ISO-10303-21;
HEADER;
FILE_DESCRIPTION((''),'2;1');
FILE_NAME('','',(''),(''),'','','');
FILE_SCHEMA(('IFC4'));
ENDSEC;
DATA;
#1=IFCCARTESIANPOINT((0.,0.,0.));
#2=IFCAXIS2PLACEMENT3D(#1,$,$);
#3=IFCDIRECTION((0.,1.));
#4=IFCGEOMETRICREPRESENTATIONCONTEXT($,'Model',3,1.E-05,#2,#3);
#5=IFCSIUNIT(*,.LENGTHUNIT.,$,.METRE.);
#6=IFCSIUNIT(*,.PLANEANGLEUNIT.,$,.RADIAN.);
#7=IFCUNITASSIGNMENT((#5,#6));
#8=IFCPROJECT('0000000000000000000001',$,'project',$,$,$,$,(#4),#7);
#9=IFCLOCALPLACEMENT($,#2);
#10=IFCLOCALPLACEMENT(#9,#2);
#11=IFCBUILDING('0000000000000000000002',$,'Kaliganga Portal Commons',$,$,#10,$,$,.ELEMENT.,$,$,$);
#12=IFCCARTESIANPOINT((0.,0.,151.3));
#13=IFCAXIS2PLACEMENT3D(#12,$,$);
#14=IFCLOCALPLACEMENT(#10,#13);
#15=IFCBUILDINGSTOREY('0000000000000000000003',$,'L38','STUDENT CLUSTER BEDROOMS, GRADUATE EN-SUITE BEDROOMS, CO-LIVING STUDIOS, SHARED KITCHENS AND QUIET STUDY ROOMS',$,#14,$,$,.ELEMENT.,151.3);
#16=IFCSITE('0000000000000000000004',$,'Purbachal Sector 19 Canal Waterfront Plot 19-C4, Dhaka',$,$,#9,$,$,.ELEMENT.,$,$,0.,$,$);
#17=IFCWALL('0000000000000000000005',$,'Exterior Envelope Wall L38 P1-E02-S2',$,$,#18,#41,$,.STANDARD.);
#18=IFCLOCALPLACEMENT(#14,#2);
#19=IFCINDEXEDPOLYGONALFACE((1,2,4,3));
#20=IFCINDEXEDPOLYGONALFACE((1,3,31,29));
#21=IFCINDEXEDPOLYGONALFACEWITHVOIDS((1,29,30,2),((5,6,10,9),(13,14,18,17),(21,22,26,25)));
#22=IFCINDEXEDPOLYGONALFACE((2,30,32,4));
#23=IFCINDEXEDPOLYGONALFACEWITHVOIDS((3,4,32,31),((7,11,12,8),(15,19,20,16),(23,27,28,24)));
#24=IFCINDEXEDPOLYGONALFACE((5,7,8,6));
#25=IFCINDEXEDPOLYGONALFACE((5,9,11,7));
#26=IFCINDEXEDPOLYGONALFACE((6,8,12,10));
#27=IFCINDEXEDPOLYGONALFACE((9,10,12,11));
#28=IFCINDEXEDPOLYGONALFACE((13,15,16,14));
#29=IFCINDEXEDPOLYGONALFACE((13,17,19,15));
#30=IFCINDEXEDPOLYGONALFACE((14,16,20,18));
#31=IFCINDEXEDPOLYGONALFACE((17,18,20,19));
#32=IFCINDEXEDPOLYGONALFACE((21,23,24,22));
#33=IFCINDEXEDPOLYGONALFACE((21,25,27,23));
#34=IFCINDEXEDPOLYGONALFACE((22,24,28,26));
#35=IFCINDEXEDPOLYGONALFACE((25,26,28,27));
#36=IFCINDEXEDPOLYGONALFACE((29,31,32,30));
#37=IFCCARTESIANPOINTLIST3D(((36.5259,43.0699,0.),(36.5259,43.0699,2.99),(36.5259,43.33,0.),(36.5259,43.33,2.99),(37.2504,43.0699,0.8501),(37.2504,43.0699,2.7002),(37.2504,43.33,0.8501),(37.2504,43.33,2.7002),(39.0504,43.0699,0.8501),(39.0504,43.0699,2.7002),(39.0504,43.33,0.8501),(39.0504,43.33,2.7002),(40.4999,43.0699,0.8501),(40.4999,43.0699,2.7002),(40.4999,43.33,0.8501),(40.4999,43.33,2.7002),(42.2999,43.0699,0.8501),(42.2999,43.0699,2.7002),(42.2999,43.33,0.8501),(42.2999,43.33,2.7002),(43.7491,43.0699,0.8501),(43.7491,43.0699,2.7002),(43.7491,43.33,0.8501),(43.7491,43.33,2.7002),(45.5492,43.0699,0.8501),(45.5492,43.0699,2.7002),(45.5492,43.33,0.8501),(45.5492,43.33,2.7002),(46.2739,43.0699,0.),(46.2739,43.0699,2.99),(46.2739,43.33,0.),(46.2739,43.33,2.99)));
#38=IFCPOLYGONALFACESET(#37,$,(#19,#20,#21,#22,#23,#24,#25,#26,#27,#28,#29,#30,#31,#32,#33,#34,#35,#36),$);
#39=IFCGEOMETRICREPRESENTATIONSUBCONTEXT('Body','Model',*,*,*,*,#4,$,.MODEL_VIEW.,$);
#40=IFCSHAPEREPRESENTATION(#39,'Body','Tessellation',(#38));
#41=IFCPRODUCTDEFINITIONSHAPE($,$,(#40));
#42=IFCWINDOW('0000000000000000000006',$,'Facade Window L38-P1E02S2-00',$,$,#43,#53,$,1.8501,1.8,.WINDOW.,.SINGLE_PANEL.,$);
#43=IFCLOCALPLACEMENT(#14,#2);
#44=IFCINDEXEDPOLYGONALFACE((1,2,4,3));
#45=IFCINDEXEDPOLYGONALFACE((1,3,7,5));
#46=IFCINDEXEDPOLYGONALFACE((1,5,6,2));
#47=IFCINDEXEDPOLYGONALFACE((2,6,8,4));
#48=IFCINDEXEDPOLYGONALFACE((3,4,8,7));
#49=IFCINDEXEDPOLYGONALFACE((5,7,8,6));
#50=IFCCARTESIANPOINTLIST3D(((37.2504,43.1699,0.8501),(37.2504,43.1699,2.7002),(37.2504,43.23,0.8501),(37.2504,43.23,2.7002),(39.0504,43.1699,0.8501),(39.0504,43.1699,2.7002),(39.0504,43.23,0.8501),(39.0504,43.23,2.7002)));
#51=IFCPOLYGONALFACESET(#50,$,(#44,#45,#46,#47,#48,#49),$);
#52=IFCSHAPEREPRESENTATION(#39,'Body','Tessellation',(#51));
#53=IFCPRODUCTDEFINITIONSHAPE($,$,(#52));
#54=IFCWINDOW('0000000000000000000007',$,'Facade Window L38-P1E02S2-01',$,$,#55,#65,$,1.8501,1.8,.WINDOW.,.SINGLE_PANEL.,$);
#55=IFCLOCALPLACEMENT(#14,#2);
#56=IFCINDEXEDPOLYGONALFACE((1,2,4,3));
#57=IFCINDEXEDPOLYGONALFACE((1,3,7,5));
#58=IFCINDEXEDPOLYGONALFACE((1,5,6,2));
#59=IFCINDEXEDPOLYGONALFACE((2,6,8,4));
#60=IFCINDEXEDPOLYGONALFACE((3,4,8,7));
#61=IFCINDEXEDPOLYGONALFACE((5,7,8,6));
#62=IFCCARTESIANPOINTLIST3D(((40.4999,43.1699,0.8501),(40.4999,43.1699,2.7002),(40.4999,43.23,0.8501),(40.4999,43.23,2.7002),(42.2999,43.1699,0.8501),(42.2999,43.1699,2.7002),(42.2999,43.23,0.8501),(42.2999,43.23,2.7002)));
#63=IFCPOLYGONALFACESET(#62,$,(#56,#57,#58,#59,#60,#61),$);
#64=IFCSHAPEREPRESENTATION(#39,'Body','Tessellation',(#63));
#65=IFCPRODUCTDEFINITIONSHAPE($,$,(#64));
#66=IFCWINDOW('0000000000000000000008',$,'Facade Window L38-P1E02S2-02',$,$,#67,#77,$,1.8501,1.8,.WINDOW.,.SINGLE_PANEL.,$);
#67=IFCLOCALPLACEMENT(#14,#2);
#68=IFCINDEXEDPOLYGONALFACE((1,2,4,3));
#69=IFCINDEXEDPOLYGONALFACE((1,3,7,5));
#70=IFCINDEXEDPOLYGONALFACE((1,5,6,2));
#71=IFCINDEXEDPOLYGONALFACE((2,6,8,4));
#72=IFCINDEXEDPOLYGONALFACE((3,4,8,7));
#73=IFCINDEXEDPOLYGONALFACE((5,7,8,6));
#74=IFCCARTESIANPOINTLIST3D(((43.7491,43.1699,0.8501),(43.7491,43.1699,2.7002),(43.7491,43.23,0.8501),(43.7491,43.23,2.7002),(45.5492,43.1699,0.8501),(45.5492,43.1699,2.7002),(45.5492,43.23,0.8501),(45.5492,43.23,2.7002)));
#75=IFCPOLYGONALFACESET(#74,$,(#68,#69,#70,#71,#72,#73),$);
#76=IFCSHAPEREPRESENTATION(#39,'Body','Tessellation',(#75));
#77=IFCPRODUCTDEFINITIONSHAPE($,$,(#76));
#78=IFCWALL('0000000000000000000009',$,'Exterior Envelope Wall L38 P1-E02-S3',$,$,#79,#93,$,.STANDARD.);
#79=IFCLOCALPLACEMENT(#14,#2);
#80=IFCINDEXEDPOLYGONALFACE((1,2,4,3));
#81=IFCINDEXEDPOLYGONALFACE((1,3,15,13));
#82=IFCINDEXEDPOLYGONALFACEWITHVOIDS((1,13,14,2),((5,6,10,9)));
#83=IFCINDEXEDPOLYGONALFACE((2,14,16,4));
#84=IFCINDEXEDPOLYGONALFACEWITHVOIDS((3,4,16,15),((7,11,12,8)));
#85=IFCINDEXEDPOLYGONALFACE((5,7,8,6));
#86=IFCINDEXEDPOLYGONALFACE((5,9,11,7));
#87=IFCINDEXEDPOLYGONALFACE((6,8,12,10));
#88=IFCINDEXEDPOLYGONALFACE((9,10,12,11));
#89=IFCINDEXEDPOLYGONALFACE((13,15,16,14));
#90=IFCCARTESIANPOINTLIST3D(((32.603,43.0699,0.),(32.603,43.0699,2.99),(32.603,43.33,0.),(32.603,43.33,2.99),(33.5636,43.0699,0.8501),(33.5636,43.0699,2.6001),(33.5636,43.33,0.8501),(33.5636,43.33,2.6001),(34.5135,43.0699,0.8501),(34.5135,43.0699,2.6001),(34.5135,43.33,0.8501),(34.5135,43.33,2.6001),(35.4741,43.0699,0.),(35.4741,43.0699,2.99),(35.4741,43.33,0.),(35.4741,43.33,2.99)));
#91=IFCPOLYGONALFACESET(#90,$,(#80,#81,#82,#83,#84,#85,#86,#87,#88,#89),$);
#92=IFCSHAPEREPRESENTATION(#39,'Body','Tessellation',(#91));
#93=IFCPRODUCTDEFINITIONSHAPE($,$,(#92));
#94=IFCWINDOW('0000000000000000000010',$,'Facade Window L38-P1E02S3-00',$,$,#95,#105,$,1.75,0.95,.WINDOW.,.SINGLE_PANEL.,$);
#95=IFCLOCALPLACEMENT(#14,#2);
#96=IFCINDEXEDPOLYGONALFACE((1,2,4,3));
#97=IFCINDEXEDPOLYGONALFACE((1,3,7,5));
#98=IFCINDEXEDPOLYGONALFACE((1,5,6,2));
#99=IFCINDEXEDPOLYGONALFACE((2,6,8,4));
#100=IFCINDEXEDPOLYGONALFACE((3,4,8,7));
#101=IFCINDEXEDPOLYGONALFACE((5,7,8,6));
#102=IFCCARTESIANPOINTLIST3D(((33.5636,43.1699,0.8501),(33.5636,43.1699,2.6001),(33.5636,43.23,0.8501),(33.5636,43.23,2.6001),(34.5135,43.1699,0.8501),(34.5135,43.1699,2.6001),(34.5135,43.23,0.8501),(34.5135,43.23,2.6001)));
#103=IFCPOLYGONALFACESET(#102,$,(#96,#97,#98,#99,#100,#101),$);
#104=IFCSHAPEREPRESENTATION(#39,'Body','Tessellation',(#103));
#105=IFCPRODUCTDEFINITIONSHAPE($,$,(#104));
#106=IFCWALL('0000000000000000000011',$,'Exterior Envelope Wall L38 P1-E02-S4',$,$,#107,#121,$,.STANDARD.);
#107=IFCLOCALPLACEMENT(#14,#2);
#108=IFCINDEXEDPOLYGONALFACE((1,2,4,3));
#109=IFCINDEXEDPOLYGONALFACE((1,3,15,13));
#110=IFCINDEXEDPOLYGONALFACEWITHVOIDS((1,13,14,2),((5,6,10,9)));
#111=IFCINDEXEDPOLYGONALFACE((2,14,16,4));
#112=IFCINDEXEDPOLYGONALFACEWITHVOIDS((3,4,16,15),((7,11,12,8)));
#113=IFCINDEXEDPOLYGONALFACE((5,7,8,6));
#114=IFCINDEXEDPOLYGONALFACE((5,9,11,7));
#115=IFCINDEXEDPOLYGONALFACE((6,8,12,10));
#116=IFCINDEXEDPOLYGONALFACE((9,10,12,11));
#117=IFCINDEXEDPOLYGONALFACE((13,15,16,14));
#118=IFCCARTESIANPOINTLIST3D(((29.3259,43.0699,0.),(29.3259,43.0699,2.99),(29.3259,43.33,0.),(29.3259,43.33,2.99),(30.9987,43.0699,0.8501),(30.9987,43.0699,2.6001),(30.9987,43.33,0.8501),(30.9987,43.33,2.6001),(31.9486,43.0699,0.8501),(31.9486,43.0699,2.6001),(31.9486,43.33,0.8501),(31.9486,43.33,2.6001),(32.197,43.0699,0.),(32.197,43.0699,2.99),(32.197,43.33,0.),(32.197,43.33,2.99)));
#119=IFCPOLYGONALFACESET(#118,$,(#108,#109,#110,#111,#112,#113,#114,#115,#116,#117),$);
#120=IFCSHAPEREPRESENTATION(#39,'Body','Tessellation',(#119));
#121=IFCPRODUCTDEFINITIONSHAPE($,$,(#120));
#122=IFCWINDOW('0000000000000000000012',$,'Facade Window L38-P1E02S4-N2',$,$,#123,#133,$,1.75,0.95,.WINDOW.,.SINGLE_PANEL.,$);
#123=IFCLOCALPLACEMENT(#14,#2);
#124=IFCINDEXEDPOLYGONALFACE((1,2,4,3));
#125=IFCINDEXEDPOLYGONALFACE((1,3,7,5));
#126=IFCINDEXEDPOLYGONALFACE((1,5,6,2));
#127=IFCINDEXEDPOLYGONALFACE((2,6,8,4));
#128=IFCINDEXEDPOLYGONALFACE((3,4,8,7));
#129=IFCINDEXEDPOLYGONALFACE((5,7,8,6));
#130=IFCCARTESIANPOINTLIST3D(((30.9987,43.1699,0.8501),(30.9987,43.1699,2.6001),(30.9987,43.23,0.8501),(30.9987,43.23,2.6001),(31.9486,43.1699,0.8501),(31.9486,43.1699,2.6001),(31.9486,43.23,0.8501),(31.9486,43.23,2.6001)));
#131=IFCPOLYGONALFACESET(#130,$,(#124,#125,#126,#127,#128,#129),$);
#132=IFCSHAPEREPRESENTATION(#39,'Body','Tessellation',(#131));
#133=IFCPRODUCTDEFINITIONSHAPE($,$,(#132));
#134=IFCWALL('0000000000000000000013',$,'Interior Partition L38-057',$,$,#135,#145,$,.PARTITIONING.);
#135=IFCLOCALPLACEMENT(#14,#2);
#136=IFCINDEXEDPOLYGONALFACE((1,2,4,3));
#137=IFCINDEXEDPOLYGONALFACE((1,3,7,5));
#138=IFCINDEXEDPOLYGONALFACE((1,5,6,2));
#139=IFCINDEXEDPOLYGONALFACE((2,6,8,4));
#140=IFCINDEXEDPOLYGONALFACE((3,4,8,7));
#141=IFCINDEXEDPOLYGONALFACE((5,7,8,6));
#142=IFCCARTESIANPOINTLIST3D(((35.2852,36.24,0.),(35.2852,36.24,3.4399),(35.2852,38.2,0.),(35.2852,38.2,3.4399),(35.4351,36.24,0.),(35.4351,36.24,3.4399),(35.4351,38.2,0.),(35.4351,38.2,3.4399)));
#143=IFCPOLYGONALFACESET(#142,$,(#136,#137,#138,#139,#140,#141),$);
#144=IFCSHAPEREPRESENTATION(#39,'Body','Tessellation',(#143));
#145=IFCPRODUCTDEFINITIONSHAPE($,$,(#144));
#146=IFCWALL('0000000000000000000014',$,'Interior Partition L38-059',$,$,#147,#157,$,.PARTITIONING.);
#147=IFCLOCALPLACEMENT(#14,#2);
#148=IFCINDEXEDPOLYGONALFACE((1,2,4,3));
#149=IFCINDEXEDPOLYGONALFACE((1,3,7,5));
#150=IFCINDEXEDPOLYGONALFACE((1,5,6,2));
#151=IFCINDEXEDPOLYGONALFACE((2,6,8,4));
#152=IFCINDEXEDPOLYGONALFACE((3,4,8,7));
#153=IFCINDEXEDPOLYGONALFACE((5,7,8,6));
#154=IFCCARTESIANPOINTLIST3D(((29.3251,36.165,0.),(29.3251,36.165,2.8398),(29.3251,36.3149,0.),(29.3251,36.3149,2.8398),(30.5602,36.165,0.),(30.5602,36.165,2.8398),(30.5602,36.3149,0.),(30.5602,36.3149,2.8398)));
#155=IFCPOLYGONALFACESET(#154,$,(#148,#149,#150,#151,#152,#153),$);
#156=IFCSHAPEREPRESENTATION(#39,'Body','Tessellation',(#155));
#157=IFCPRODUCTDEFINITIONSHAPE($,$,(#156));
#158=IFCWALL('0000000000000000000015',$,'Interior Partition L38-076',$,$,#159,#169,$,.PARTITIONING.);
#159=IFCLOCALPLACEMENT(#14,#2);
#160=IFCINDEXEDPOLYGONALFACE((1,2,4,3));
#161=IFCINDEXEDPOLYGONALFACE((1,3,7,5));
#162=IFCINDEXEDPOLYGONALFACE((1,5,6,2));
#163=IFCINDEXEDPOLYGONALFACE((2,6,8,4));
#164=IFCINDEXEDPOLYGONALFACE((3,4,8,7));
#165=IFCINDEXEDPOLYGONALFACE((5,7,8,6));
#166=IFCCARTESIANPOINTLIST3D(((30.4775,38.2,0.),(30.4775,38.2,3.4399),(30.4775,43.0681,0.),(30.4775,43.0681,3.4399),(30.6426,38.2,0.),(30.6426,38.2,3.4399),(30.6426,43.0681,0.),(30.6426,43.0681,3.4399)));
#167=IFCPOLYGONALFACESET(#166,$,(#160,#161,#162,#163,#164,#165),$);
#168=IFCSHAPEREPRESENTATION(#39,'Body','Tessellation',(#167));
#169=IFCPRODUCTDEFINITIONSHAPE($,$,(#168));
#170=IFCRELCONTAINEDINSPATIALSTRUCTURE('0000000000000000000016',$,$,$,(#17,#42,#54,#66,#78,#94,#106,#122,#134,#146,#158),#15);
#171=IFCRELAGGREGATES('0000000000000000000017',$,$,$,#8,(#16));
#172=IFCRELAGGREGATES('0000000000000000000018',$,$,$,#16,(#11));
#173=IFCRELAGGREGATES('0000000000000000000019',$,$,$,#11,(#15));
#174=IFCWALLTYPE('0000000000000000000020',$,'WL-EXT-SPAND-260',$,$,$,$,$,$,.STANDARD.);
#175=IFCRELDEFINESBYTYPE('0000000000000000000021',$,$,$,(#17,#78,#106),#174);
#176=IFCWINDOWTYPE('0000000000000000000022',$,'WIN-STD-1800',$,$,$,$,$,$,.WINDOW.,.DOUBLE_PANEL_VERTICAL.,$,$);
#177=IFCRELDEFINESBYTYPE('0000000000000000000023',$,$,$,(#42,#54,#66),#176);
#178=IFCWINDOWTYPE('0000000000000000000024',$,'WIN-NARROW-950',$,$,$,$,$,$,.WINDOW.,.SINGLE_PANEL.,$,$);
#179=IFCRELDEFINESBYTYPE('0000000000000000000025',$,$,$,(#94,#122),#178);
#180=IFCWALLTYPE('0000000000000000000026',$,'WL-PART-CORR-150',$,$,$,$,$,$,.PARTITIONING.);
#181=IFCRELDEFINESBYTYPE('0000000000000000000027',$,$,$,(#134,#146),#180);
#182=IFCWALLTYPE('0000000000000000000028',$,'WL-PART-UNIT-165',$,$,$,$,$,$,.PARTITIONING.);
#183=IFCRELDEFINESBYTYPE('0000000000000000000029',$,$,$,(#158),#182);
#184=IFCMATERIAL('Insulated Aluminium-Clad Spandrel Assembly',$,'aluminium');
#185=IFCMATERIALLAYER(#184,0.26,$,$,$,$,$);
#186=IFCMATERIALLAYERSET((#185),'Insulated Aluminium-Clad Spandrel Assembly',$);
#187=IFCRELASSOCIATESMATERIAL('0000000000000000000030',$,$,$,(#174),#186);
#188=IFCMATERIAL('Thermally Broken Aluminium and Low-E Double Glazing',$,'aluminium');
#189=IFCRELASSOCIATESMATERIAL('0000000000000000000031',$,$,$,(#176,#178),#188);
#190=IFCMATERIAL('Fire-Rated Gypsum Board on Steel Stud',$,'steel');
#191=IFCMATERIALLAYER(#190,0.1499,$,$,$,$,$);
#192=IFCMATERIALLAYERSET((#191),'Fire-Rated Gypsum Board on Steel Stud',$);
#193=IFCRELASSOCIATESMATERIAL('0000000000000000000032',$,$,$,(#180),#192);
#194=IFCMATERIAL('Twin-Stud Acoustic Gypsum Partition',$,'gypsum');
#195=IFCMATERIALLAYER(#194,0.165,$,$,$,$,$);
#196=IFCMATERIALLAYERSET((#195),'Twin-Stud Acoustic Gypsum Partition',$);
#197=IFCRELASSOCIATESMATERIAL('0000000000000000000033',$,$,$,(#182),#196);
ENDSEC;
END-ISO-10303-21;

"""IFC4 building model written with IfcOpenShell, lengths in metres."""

from ifc_helpers import new_model, si_unit, direction, frame, frame_2d, origin, place, context, subcontext, project, spatial, rectangle, extrude, material, layer, layer_set, type_object, element, fill, save


model = new_model("IFC4")

# Units and contexts
model_context = context("Model", 3, precision=1e-05, world=origin(), true_north=direction((0.0, 1.0)))
body_context = subcontext(model_context, "Body", "Model", "MODEL_VIEW")
ifc_project = project(units=[si_unit("LENGTHUNIT", "METRE"), si_unit("PLANEANGLEUNIT", "RADIAN")], contexts=[model_context])

# Site, building, storey
site_placement = place(None, origin())
site = spatial("IfcSite", under=ifc_project, at=site_placement, Name="Purbachal Sector 19 Canal Waterfront Plot 19-C4, Dhaka", CompositionType="ELEMENT", RefElevation=0.0)
building_placement = place(site_placement, origin())
building = spatial("IfcBuilding", under=site, at=building_placement, Name="Kaliganga Portal Commons", CompositionType="ELEMENT")
storey_placement = place(building_placement, frame((0.0, 0.0, 151.3)))
storey = spatial("IfcBuildingStorey", under=building, at=storey_placement, Name="L38", Description="STUDENT CLUSTER BEDROOMS, GRADUATE EN-SUITE BEDROOMS, CO-LIVING STUDIOS, SHARED KITCHENS AND QUIET STUDY ROOMS", CompositionType="ELEMENT", Elevation=151.3)

# Wall, openings, windows
ifc_material_1 = material(Name="Insulated Aluminium-Clad Spandrel Assembly", Category="aluminium")
ifc_layer_1 = layer(ifc_material_1, 0.26)
ifc_layer_set_1 = layer_set([ifc_layer_1], Name="Insulated Aluminium-Clad Spandrel Assembly")
wall_type_1 = type_object("IfcWallType", Name="WL-EXT-SPAND-260", PredefinedType="STANDARD", material=ifc_layer_set_1)
wall_1_placement = place(storey_placement, frame((36.5259, 43.2, 0.0), z_axis=(0.0, 0.0, 1.0), x_axis=(1.0, 0.0, 0.0)))
wall_1 = element("IfcWall", 1, at=wall_1_placement, inside=storey, type_object=wall_type_1, Name="Exterior Envelope Wall L38 P1-E02-S2", PredefinedType="STANDARD", context=body_context, shape_type="SweptSolid", body=[
    extrude(rectangle(XDim=9.748, YDim=0.26, at=frame_2d((4.874, 0.0))), origin(), (0.0, 0.0, 1.0), 2.99),
])
opening_1_placement = place(wall_1_placement, frame((0.7246, 0.0, 0.8501)))
opening_1 = element("IfcOpeningElement", 2, at=opening_1_placement, cuts=wall_1, PredefinedType="OPENING", context=body_context, shape_type="SweptSolid", body=[
    extrude(rectangle(XDim=1.8, YDim=1.8501, at=frame_2d((0.8999, 0.925))), frame((0.0, 0.1401, 0.0), z_axis=(0.0, -1.0, 0.0), x_axis=(1.0, 0.0, 0.0)), (0.0, 0.0, 1.0), 0.28),
])
opening_2_placement = place(wall_1_placement, frame((3.9741, 0.0, 0.8501)))
opening_2 = element("IfcOpeningElement", 3, at=opening_2_placement, cuts=wall_1, PredefinedType="OPENING", context=body_context, shape_type="SweptSolid", body=[
    extrude(rectangle(XDim=1.8, YDim=1.8501, at=frame_2d((0.8999, 0.925))), frame((0.0, 0.1401, 0.0), z_axis=(0.0, -1.0, 0.0), x_axis=(1.0, 0.0, 0.0)), (0.0, 0.0, 1.0), 0.28),
])
opening_3_placement = place(wall_1_placement, frame((7.2234, 0.0, 0.8501)))
opening_3 = element("IfcOpeningElement", 4, at=opening_3_placement, cuts=wall_1, PredefinedType="OPENING", context=body_context, shape_type="SweptSolid", body=[
    extrude(rectangle(XDim=1.8, YDim=1.8501, at=frame_2d((0.8999, 0.925))), frame((0.0, 0.1401, 0.0), z_axis=(0.0, -1.0, 0.0), x_axis=(1.0, 0.0, 0.0)), (0.0, 0.0, 1.0), 0.28),
])
ifc_material_2 = material(Name="Thermally Broken Aluminium and Low-E Double Glazing", Category="aluminium")
window_type_1 = type_object("IfcWindowType", Name="WIN-STD-1800", PartitioningType="DOUBLE_PANEL_VERTICAL", PredefinedType="WINDOW", material=ifc_material_2)
window_1_placement = place(opening_1_placement, origin())
window_1 = element("IfcWindow", 5, at=window_1_placement, inside=storey, type_object=window_type_1, Name="Facade Window L38-P1E02S2-00", OverallHeight=1.8501, OverallWidth=1.8, PartitioningType="SINGLE_PANEL", PredefinedType="WINDOW", context=body_context, shape_type="SweptSolid", body=[
    extrude(rectangle(XDim=1.8, YDim=1.8501, at=frame_2d((0.8999, 0.925))), frame((0.0, 0.03, 0.0), z_axis=(0.0, -1.0, 0.0), x_axis=(1.0, 0.0, 0.0)), (0.0, 0.0, 1.0), 0.0601),
])
fill(opening_1, window_1)
window_2_placement = place(opening_2_placement, origin())
window_2 = element("IfcWindow", 6, at=window_2_placement, inside=storey, type_object=window_type_1, Name="Facade Window L38-P1E02S2-01", OverallHeight=1.8501, OverallWidth=1.8, PartitioningType="SINGLE_PANEL", PredefinedType="WINDOW", context=body_context, shape_type="SweptSolid", body=[
    extrude(rectangle(XDim=1.8, YDim=1.8501, at=frame_2d((0.8999, 0.925))), frame((0.0, 0.03, 0.0), z_axis=(0.0, -1.0, 0.0), x_axis=(1.0, 0.0, 0.0)), (0.0, 0.0, 1.0), 0.0601),
])
fill(opening_2, window_2)
window_3_placement = place(opening_3_placement, origin())
window_3 = element("IfcWindow", 7, at=window_3_placement, inside=storey, type_object=window_type_1, Name="Facade Window L38-P1E02S2-02", OverallHeight=1.8501, OverallWidth=1.8, PartitioningType="SINGLE_PANEL", PredefinedType="WINDOW", context=body_context, shape_type="SweptSolid", body=[
    extrude(rectangle(XDim=1.8, YDim=1.8501, at=frame_2d((0.8999, 0.925))), frame((0.0, 0.03, 0.0), z_axis=(0.0, -1.0, 0.0), x_axis=(1.0, 0.0, 0.0)), (0.0, 0.0, 1.0), 0.0601),
])
fill(opening_3, window_3)

# Walls, openings, windows
wall_2_placement = place(storey_placement, frame((32.603, 43.2, 0.0), z_axis=(0.0, 0.0, 1.0), x_axis=(1.0, 0.0, 0.0)))
wall_2 = element("IfcWall", 8, at=wall_2_placement, inside=storey, type_object=wall_type_1, Name="Exterior Envelope Wall L38 P1-E02-S3", PredefinedType="STANDARD", context=body_context, shape_type="SweptSolid", body=[
    extrude(rectangle(XDim=2.8711, YDim=0.26, at=frame_2d((1.4355, 0.0))), origin(), (0.0, 0.0, 1.0), 2.99),
])
opening_4_placement = place(wall_2_placement, frame((0.9604, 0.0, 0.8501)))
opening_4 = element("IfcOpeningElement", 9, at=opening_4_placement, cuts=wall_2, PredefinedType="OPENING", context=body_context, shape_type="SweptSolid", body=[
    extrude(rectangle(XDim=0.95, YDim=1.75, at=frame_2d((0.4751, 0.875))), frame((0.0, 0.1401, 0.0), z_axis=(0.0, -1.0, 0.0), x_axis=(1.0, 0.0, 0.0)), (0.0, 0.0, 1.0), 0.28),
])
window_type_2 = type_object("IfcWindowType", Name="WIN-NARROW-950", PartitioningType="SINGLE_PANEL", PredefinedType="WINDOW", material=ifc_material_2)
window_4_placement = place(opening_4_placement, origin())
window_4 = element("IfcWindow", 10, at=window_4_placement, inside=storey, type_object=window_type_2, Name="Facade Window L38-P1E02S3-00", OverallHeight=1.75, OverallWidth=0.95, PartitioningType="SINGLE_PANEL", PredefinedType="WINDOW", context=body_context, shape_type="SweptSolid", body=[
    extrude(rectangle(XDim=0.95, YDim=1.75, at=frame_2d((0.4751, 0.875))), frame((0.0, 0.03, 0.0), z_axis=(0.0, -1.0, 0.0), x_axis=(1.0, 0.0, 0.0)), (0.0, 0.0, 1.0), 0.0601),
])
fill(opening_4, window_4)
wall_3_placement = place(storey_placement, frame((29.3259, 43.2, 0.0), z_axis=(0.0, 0.0, 1.0), x_axis=(1.0, 0.0, 0.0)))
wall_3 = element("IfcWall", 11, at=wall_3_placement, inside=storey, type_object=wall_type_1, Name="Exterior Envelope Wall L38 P1-E02-S4", PredefinedType="STANDARD", context=body_context, shape_type="SweptSolid", body=[
    extrude(rectangle(XDim=2.8711, YDim=0.26, at=frame_2d((1.4355, 0.0))), origin(), (0.0, 0.0, 1.0), 2.99),
])
opening_5_placement = place(wall_3_placement, frame((1.6726, 0.0, 0.8501)))
opening_5 = element("IfcOpeningElement", 12, at=opening_5_placement, cuts=wall_3, PredefinedType="OPENING", context=body_context, shape_type="SweptSolid", body=[
    extrude(rectangle(XDim=0.95, YDim=1.75, at=frame_2d((0.4751, 0.875))), frame((0.0, 0.1401, 0.0), z_axis=(0.0, -1.0, 0.0), x_axis=(1.0, 0.0, 0.0)), (0.0, 0.0, 1.0), 0.28),
])
window_5_placement = place(opening_5_placement, origin())
window_5 = element("IfcWindow", 13, at=window_5_placement, inside=storey, type_object=window_type_2, Name="Facade Window L38-P1E02S4-N2", OverallHeight=1.75, OverallWidth=0.95, PartitioningType="SINGLE_PANEL", PredefinedType="WINDOW", context=body_context, shape_type="SweptSolid", body=[
    extrude(rectangle(XDim=0.95, YDim=1.75, at=frame_2d((0.4751, 0.875))), frame((0.0, 0.03, 0.0), z_axis=(0.0, -1.0, 0.0), x_axis=(1.0, 0.0, 0.0)), (0.0, 0.0, 1.0), 0.0601),
])
fill(opening_5, window_5)

# Shared definitions
ifc_material_3 = material(Name="Fire-Rated Gypsum Board on Steel Stud", Category="steel")
ifc_layer_2 = layer(ifc_material_3, 0.1499)
ifc_layer_set_2 = layer_set([ifc_layer_2], Name="Fire-Rated Gypsum Board on Steel Stud")
wall_type_2 = type_object("IfcWallType", Name="WL-PART-CORR-150", PredefinedType="PARTITIONING", material=ifc_layer_set_2)

# Walls
wall_4_placement = place(storey_placement, frame((35.3601, 36.24, 0.0), z_axis=(0.0, 0.0, 1.0), x_axis=(0.0, 1.0, 0.0)))
element("IfcWall", 14, at=wall_4_placement, inside=storey, type_object=wall_type_2, Name="Interior Partition L38-057", PredefinedType="PARTITIONING", context=body_context, shape_type="SweptSolid", body=[
    extrude(rectangle(XDim=1.96, YDim=0.1499, at=frame_2d((0.98, 0.0))), origin(), (0.0, 0.0, 1.0), 3.4399),
])
wall_5_placement = place(storey_placement, frame((29.325, 36.24, 0.0), z_axis=(0.0, 0.0, 1.0), x_axis=(1.0, 0.0, 0.0)))
element("IfcWall", 15, at=wall_5_placement, inside=storey, type_object=wall_type_2, Name="Interior Partition L38-059", PredefinedType="PARTITIONING", context=body_context, shape_type="SweptSolid", body=[
    extrude(rectangle(XDim=1.2351, YDim=0.1499, at=frame_2d((0.6177, 0.0))), origin(), (0.0, 0.0, 1.0), 2.8398),
])
ifc_material_4 = material(Name="Twin-Stud Acoustic Gypsum Partition", Category="gypsum")
ifc_layer_3 = layer(ifc_material_4, 0.165)
ifc_layer_set_3 = layer_set([ifc_layer_3], Name="Twin-Stud Acoustic Gypsum Partition")
wall_type_3 = type_object("IfcWallType", Name="WL-PART-UNIT-165", PredefinedType="PARTITIONING", material=ifc_layer_set_3)
wall_6_placement = place(storey_placement, frame((30.5601, 38.2, 0.0), z_axis=(0.0, 0.0, 1.0), x_axis=(0.0, 1.0, 0.0)))
element("IfcWall", 16, at=wall_6_placement, inside=storey, type_object=wall_type_3, Name="Interior Partition L38-076", PredefinedType="PARTITIONING", context=body_context, shape_type="SweptSolid", body=[
    extrude(rectangle(XDim=4.8682, YDim=0.165, at=frame_2d((2.4341, 0.0))), origin(), (0.0, 0.0, 1.0), 3.4399),
])

save(model, "model.ifc")
